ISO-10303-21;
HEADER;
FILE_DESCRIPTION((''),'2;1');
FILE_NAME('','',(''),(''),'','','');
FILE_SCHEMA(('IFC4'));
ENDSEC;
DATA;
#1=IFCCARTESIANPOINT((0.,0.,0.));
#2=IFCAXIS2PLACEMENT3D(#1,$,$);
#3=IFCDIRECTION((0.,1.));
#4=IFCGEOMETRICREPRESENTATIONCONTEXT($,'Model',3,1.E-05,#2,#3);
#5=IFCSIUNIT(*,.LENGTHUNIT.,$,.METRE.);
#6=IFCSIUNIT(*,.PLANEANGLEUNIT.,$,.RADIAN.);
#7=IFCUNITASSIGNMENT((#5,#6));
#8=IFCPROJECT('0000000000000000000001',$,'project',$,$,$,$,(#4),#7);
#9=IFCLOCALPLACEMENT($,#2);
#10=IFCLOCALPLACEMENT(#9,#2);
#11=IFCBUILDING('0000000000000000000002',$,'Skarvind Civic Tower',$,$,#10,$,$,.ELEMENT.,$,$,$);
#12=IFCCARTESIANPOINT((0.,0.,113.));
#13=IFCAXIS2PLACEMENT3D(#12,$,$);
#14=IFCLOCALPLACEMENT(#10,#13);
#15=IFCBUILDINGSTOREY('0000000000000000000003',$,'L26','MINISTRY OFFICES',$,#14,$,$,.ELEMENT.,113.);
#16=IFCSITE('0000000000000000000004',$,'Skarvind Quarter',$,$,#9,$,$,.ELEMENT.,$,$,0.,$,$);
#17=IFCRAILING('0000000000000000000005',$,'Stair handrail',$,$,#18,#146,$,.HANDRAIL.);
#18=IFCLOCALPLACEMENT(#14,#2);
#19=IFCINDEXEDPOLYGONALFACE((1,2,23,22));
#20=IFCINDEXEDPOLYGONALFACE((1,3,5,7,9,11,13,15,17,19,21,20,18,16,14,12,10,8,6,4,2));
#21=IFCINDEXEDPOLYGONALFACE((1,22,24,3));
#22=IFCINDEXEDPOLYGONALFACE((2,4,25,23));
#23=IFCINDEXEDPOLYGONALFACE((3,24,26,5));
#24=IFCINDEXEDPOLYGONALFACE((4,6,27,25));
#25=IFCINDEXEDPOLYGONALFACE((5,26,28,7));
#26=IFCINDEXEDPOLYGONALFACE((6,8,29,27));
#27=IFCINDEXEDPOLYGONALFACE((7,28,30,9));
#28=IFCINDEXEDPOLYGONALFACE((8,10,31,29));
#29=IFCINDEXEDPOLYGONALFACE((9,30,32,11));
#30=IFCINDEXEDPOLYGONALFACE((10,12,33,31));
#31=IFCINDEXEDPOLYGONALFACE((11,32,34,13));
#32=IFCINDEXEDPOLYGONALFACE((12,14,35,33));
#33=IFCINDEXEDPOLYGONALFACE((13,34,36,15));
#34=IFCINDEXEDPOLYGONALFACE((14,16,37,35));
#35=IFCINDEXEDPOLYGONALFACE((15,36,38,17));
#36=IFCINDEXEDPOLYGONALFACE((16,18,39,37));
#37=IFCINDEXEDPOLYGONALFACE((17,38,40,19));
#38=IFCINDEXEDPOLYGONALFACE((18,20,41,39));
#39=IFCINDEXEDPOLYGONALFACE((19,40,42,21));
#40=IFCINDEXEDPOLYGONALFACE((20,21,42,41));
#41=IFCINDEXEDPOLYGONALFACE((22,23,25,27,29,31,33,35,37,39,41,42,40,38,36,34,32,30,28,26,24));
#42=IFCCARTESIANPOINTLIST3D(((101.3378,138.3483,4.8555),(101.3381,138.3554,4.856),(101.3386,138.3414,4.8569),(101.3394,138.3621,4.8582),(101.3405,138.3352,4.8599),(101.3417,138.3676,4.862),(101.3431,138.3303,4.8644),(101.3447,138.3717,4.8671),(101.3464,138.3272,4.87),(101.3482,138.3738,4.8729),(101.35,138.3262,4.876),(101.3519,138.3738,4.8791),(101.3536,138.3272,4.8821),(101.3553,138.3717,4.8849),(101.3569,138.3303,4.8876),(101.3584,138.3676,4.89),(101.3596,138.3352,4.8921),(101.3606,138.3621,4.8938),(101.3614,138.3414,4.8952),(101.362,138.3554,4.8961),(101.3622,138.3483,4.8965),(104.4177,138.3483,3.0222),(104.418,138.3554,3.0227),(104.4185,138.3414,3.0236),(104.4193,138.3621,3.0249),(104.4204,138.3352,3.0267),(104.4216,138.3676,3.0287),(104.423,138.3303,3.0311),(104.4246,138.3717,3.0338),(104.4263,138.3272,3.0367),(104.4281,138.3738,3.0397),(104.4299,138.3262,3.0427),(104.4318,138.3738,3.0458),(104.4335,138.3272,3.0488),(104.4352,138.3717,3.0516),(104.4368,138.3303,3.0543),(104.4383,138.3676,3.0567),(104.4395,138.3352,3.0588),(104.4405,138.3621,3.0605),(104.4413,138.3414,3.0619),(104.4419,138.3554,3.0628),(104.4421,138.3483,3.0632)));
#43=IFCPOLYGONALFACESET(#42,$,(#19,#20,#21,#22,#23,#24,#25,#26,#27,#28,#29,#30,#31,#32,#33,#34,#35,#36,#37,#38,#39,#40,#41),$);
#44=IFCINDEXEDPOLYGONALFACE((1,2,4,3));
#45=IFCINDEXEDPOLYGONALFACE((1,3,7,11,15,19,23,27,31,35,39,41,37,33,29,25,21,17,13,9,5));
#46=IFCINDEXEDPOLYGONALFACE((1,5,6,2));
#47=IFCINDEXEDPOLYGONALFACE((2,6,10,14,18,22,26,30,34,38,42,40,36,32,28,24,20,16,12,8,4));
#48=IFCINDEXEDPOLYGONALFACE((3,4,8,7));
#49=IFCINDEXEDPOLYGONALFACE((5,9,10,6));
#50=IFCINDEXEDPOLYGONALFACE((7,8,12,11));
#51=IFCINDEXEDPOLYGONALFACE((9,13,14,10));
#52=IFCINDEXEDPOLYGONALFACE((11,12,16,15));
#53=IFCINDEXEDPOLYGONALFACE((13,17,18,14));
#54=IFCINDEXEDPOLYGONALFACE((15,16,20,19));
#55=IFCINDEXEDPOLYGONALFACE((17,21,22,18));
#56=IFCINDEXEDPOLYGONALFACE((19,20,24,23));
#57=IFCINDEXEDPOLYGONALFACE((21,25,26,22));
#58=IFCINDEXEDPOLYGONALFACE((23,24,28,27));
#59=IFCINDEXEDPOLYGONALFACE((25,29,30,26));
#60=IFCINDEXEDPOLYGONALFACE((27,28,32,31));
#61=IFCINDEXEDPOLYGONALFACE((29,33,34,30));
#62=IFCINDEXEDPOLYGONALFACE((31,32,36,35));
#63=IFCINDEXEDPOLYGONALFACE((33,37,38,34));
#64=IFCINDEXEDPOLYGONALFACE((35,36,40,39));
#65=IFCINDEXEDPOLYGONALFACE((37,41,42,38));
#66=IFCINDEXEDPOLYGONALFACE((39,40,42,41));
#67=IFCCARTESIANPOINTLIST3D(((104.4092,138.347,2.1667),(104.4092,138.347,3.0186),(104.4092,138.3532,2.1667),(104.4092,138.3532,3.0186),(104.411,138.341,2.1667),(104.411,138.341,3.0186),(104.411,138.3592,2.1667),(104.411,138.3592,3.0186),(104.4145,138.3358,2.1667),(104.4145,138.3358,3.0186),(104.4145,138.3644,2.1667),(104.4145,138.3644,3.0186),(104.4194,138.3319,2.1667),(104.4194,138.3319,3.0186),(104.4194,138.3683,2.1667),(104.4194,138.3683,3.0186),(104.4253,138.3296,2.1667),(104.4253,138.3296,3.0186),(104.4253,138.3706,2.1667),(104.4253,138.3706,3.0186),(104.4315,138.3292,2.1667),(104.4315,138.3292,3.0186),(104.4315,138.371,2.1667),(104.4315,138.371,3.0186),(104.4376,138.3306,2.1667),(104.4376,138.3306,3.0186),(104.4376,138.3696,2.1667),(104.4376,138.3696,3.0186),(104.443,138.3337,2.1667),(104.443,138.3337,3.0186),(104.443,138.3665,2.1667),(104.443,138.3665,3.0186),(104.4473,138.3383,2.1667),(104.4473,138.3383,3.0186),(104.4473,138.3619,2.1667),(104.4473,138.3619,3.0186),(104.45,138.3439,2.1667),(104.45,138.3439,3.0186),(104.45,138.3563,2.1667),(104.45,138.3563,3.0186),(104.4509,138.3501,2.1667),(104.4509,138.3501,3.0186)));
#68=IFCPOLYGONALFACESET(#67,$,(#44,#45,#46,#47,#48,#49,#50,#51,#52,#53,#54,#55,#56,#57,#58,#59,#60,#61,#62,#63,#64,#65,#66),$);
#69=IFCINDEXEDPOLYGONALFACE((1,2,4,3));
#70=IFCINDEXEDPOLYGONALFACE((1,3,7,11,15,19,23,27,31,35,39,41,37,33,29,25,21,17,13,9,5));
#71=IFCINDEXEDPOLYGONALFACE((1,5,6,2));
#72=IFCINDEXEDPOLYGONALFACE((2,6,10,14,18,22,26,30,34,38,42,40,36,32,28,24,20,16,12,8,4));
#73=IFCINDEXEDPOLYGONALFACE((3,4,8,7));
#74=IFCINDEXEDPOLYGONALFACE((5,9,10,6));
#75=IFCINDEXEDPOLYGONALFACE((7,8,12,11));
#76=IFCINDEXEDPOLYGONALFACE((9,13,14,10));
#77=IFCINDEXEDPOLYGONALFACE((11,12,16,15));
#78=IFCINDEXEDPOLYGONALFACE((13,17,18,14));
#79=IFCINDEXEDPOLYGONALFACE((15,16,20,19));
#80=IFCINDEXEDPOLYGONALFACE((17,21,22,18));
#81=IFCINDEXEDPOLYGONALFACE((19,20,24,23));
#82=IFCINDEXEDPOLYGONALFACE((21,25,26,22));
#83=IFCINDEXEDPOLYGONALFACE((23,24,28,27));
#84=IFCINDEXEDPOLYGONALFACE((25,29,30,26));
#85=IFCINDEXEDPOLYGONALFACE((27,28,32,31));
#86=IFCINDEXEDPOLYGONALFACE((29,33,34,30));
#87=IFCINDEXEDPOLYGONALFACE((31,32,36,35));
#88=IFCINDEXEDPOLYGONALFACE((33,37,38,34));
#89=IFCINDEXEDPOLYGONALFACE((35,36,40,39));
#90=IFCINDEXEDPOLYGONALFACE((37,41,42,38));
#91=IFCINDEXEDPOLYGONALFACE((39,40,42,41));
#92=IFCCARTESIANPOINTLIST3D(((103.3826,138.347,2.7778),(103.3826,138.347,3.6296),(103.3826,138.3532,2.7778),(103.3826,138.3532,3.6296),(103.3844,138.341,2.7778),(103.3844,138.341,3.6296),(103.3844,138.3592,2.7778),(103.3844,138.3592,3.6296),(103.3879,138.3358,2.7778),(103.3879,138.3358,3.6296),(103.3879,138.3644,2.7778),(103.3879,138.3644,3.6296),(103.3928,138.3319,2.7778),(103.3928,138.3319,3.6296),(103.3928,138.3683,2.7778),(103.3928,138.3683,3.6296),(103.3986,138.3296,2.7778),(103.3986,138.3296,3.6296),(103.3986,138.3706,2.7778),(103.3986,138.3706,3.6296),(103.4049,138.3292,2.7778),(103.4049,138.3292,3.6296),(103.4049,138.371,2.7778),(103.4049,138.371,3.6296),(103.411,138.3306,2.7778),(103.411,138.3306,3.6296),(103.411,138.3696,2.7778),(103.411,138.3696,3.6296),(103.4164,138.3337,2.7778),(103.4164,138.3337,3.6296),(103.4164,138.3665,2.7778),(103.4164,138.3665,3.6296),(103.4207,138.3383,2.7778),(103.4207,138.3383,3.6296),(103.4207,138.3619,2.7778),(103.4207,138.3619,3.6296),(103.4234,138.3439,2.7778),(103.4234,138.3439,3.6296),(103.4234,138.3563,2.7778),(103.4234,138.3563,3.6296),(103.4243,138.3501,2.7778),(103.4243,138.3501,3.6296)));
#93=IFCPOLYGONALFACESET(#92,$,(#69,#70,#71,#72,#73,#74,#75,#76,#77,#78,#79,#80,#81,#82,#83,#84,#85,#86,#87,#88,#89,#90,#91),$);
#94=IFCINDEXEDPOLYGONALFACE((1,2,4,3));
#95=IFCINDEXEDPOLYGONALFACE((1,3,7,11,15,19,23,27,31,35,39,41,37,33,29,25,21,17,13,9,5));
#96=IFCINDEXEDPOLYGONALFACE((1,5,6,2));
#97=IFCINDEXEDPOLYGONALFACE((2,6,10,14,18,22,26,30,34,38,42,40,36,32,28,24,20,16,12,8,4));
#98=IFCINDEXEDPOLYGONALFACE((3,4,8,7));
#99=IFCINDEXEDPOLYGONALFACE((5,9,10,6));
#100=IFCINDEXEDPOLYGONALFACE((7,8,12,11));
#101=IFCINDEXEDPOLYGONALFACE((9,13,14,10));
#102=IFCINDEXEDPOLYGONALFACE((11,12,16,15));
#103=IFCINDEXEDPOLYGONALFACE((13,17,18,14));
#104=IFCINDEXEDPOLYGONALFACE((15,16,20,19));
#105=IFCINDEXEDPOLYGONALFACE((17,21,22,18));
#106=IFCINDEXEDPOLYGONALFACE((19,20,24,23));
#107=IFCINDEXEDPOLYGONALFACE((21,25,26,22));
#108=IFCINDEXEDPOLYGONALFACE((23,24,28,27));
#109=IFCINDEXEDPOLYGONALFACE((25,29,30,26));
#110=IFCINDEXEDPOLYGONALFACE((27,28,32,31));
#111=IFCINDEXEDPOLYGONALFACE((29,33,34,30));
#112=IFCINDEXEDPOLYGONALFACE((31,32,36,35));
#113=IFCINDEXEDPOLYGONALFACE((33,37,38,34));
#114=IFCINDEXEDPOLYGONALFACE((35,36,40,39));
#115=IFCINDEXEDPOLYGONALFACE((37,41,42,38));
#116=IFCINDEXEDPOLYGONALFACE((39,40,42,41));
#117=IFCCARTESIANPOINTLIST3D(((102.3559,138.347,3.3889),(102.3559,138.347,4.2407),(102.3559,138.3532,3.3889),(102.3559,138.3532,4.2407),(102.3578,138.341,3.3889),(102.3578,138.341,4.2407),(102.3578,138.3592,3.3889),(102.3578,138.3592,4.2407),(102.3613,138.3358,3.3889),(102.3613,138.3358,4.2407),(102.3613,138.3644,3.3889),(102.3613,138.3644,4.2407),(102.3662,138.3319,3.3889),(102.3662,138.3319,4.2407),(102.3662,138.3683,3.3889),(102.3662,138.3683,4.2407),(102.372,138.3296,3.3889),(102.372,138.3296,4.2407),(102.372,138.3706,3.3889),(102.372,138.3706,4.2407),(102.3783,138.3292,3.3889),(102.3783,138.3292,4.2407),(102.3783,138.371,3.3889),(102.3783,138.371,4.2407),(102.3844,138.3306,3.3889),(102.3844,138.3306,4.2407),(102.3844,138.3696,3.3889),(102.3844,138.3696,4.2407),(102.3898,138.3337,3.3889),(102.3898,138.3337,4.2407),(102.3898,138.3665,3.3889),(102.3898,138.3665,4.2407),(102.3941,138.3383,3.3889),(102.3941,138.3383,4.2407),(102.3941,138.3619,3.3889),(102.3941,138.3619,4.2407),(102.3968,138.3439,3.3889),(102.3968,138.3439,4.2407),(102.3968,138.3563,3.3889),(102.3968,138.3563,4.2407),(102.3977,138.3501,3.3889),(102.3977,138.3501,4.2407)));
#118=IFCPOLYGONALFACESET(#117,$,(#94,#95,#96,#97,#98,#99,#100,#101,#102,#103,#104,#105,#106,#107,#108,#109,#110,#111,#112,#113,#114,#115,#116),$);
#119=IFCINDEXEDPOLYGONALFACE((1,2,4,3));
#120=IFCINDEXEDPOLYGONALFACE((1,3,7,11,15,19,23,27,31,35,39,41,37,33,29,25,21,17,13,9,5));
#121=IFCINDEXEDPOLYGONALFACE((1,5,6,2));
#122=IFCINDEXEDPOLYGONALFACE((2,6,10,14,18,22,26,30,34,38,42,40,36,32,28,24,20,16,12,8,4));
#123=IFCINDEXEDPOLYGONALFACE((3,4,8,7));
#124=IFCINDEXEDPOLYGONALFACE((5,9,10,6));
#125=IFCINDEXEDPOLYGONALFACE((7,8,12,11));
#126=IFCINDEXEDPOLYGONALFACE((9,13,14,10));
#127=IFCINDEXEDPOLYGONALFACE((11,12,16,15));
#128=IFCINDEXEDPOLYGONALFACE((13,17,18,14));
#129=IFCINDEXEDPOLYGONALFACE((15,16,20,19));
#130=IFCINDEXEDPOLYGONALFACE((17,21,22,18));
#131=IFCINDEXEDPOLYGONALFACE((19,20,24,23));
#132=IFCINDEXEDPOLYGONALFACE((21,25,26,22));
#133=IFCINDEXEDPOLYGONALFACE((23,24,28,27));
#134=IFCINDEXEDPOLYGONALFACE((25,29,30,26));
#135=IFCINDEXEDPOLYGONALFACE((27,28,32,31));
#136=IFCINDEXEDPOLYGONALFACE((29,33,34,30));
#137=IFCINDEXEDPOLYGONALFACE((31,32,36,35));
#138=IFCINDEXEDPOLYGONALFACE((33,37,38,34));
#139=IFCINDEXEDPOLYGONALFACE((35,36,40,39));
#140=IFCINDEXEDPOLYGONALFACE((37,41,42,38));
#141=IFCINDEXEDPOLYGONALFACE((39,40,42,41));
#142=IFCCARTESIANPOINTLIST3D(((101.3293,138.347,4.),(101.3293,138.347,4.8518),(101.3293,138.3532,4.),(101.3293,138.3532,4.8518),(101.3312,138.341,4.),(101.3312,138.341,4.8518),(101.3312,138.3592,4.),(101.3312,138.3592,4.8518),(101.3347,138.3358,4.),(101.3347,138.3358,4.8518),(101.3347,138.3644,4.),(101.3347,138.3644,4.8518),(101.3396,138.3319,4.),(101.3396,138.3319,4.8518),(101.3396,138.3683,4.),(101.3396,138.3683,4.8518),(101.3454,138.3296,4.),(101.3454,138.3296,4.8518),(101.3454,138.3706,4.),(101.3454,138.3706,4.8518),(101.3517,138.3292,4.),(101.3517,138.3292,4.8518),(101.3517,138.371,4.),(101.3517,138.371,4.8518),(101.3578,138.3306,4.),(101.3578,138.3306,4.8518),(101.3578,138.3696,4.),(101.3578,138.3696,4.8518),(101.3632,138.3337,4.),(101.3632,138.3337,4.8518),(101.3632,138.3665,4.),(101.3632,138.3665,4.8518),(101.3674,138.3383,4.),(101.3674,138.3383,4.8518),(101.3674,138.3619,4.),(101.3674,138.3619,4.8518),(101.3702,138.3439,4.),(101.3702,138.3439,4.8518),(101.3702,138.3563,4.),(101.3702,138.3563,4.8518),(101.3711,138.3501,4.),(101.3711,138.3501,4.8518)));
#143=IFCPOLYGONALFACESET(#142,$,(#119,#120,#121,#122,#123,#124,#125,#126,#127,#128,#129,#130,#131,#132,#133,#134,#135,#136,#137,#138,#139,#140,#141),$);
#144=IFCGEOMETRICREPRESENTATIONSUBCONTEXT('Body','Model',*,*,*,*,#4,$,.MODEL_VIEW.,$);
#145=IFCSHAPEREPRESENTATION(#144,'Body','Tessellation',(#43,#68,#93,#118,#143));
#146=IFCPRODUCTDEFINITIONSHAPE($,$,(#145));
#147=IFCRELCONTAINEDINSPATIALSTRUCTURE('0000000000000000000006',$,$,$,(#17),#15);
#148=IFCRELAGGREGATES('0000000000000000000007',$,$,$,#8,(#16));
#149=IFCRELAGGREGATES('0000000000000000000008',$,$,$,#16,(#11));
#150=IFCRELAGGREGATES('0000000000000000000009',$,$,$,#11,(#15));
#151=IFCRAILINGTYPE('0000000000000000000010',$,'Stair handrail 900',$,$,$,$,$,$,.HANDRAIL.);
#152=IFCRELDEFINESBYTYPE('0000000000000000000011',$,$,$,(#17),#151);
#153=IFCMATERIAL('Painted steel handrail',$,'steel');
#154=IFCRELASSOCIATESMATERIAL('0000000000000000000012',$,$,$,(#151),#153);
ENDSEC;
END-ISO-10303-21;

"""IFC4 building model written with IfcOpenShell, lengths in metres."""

from ifc_helpers import new_model, si_unit, direction, frame, origin, origin_2d, place, context, subcontext, project, spatial, circle, extrude, material, type_object, element, save


model = new_model("IFC4")

# Units and contexts
model_context = context("Model", 3, precision=1e-05, world=origin(), true_north=direction((0.0, 1.0)))
body_context = subcontext(model_context, "Body", "Model", "MODEL_VIEW")
ifc_project = project(units=[si_unit("LENGTHUNIT", "METRE"), si_unit("PLANEANGLEUNIT", "RADIAN")], contexts=[model_context])

# Site, building, storey
site_placement = place(None, origin())
site = spatial("IfcSite", under=ifc_project, at=site_placement, Name="Skarvind Quarter", CompositionType="ELEMENT", RefElevation=0.0)
building_placement = place(site_placement, origin())
building = spatial("IfcBuilding", under=site, at=building_placement, Name="Skarvind Civic Tower", CompositionType="ELEMENT")
storey_placement = place(building_placement, frame((0.0, 0.0, 113.0)))
storey = spatial("IfcBuildingStorey", under=building, at=storey_placement, Name="L26", Description="MINISTRY OFFICES", CompositionType="ELEMENT", Elevation=113.0)

# Railing
ifc_material_1 = material(Name="Painted steel handrail", Category="steel")
railing_type = type_object("IfcRailingType", Name="Stair handrail 900", PredefinedType="HANDRAIL", material=ifc_material_1)
railing_1_placement = place(storey_placement, frame((104.4299, 138.3501, 2.1667)))
element("IfcRailing", 1, at=railing_1_placement, inside=storey, type_object=railing_type, Name="Stair handrail", PredefinedType="HANDRAIL", context=body_context, shape_type="SweptSolid", body=[
    extrude(circle(Radius=0.0239, at=origin_2d()), frame((0.0, 0.0, 0.876), z_axis=(-0.859291, 0.0, 0.511487), x_axis=(0.0, -1.0, 0.0)), (0.0, 0.0, 1.0), 3.5842),
    extrude(circle(Radius=0.021, at=origin_2d()), origin(), (0.0, 0.0, 1.0), 0.8518),
    extrude(circle(Radius=0.021, at=origin_2d()), frame((-1.0266, 0.0, 0.6111)), (0.0, 0.0, 1.0), 0.8518),
    extrude(circle(Radius=0.021, at=origin_2d()), frame((-2.0532, 0.0, 1.2222)), (0.0, 0.0, 1.0), 0.8518),
    extrude(circle(Radius=0.021, at=origin_2d()), frame((-3.0798, 0.0, 1.8333)), (0.0, 0.0, 1.0), 0.8518),
])

save(model, "model.ifc")
